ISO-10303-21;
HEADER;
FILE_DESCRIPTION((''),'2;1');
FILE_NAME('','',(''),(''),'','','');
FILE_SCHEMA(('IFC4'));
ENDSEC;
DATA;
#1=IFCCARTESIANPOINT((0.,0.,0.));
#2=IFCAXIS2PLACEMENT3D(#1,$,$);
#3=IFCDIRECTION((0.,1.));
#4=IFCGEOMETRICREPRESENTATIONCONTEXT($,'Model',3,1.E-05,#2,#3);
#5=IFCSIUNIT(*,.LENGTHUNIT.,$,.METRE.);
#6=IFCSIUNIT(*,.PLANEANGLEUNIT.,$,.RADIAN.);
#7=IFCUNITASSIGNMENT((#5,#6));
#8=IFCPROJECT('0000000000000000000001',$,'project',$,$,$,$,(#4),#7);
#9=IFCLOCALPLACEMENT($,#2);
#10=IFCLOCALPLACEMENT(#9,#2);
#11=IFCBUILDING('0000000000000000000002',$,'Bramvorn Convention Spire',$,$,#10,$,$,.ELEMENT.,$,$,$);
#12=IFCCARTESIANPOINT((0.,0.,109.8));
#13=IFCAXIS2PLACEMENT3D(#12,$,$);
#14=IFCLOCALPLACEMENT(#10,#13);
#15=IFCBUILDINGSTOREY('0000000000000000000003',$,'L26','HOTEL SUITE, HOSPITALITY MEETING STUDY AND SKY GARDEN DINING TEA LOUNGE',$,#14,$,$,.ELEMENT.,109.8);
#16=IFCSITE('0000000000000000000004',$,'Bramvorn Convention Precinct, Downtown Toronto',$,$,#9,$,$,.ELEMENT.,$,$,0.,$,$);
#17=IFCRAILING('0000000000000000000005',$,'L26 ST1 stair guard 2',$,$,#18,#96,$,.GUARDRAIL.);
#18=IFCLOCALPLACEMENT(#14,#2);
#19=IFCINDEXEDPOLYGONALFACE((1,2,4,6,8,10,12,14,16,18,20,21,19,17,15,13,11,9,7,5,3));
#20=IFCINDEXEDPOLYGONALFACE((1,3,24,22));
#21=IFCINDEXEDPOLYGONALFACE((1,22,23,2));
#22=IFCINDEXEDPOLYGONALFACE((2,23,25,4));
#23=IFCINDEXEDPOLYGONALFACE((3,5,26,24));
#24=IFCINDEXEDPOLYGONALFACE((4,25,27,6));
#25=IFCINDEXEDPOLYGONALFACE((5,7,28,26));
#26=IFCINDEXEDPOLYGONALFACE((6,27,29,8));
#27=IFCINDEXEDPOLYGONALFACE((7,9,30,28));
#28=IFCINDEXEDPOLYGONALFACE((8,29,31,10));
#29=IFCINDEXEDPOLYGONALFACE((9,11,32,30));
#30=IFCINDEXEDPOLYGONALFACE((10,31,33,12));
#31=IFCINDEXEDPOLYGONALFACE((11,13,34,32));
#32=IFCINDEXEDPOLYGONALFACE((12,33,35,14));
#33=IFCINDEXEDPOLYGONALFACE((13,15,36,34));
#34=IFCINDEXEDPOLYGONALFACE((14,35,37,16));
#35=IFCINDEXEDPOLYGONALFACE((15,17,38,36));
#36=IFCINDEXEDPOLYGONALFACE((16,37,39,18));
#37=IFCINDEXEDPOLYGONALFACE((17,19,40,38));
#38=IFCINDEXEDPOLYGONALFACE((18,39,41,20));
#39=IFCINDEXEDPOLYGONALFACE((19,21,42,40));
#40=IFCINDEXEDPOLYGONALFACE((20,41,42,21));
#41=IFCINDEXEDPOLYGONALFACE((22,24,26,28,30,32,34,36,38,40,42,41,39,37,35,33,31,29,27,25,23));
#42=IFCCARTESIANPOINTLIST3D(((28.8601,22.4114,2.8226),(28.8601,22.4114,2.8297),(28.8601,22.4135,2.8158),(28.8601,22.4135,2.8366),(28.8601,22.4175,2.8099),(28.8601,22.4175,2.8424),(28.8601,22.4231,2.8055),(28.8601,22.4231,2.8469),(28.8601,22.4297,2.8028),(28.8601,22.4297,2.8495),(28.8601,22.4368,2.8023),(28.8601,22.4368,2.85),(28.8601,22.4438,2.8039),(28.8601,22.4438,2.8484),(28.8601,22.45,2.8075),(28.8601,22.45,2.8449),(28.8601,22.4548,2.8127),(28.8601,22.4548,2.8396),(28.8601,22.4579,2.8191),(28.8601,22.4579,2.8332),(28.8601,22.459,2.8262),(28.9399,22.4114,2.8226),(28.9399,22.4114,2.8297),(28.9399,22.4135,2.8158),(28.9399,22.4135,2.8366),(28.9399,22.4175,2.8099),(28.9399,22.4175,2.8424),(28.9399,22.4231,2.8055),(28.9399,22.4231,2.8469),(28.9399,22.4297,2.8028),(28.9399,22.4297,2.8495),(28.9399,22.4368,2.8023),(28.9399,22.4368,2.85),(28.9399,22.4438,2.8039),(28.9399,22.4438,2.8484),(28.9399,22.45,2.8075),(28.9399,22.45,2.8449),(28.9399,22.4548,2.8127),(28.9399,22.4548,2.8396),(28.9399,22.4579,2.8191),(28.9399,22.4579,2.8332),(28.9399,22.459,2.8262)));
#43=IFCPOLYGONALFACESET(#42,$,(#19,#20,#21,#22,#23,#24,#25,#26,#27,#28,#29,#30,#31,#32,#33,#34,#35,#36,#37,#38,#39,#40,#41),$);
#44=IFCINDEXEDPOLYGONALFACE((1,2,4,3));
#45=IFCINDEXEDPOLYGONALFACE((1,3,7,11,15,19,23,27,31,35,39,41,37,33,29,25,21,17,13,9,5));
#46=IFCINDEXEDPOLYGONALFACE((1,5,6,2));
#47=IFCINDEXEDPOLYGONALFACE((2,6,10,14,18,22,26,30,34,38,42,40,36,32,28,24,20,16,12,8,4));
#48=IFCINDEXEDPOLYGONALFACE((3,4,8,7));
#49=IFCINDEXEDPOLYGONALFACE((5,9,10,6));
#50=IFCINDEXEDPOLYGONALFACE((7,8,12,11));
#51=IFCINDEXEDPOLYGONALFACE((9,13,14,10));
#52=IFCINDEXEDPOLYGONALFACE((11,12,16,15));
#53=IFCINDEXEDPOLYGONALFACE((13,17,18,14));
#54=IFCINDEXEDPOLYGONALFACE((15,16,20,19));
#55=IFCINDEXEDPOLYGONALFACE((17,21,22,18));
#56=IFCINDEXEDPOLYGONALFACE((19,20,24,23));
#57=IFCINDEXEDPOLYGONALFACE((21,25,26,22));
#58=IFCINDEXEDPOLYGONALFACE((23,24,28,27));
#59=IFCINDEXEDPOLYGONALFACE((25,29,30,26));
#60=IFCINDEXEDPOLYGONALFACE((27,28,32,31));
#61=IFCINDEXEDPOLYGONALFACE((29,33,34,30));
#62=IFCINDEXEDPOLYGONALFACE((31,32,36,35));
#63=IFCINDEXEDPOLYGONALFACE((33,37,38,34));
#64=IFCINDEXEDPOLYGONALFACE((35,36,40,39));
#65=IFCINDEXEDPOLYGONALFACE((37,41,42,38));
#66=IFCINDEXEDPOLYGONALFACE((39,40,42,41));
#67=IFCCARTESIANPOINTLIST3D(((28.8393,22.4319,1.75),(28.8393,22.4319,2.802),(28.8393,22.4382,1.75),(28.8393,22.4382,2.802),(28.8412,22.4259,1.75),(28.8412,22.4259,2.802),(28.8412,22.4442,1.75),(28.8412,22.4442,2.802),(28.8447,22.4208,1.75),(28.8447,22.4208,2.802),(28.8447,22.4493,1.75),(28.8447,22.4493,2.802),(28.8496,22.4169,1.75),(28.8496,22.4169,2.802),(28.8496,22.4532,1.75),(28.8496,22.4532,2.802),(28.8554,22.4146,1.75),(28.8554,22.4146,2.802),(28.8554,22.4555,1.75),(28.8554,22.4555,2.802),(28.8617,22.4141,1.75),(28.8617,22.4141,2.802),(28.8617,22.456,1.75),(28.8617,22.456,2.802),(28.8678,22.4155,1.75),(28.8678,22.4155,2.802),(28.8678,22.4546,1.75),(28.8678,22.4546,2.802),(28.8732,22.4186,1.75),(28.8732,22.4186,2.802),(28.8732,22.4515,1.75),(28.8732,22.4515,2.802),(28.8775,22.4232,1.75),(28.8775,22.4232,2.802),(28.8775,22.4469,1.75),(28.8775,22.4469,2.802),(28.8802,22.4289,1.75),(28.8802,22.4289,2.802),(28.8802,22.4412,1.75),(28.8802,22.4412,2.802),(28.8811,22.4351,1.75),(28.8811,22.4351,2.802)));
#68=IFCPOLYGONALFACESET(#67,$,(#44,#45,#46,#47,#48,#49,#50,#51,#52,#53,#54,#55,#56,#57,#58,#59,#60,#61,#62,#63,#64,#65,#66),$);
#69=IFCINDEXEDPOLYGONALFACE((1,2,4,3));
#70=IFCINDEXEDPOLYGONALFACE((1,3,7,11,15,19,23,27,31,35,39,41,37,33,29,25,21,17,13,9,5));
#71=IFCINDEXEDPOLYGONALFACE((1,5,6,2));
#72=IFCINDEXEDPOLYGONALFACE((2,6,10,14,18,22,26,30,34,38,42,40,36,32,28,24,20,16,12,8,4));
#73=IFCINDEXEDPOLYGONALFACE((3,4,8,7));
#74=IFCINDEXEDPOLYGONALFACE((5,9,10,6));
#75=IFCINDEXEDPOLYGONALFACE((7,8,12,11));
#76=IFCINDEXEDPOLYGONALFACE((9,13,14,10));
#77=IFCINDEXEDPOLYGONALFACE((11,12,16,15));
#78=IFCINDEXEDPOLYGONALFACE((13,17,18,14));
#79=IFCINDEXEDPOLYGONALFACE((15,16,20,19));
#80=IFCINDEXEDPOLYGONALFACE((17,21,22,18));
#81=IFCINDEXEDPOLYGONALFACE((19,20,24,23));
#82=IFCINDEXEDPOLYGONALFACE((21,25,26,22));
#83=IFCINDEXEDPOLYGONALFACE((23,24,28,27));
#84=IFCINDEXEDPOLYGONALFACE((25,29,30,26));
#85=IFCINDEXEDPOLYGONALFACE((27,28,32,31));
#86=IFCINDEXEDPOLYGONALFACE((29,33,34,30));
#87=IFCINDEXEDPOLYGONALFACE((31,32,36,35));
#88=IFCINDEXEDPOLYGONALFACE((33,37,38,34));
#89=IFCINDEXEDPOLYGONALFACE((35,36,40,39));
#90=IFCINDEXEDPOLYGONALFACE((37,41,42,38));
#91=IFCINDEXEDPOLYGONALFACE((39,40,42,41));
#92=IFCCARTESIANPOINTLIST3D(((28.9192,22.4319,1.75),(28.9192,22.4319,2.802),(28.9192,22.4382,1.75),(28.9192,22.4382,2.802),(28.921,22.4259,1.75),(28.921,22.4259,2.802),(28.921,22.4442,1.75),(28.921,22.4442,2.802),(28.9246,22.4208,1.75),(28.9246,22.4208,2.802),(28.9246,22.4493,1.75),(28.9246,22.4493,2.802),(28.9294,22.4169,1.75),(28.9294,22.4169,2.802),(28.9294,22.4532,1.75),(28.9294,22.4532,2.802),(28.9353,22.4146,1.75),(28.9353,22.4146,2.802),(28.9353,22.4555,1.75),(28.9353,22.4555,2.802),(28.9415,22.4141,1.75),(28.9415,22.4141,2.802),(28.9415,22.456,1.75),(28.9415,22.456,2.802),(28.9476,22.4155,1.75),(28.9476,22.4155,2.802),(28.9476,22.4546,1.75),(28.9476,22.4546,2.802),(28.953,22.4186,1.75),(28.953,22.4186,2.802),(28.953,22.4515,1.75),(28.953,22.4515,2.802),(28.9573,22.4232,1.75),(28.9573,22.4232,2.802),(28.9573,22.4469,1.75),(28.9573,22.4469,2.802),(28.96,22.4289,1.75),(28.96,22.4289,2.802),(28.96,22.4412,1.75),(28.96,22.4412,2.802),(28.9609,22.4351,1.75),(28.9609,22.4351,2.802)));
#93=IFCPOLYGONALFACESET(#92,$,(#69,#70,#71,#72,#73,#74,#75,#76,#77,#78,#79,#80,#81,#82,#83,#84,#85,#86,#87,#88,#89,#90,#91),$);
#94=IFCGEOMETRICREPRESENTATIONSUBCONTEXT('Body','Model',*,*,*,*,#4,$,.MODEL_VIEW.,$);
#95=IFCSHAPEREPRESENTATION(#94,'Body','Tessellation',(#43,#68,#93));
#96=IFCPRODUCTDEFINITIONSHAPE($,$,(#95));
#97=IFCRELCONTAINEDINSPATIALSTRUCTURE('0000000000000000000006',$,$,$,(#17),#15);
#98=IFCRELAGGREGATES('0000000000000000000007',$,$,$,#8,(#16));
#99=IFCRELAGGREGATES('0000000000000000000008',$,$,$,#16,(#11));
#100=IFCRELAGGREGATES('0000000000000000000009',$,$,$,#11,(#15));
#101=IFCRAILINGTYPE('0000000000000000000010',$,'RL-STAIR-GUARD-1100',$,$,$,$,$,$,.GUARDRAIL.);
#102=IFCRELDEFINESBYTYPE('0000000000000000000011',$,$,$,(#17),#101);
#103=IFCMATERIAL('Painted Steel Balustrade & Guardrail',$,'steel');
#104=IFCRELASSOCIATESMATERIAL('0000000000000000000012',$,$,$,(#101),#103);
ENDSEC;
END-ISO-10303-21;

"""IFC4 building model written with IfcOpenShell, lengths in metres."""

from ifc_helpers import new_model, si_unit, direction, frame, origin, origin_2d, place, context, subcontext, project, spatial, circle, extrude, material, type_object, element, save


model = new_model("IFC4")

# Units and contexts
model_context = context("Model", 3, precision=1e-05, world=origin(), true_north=direction((0.0, 1.0)))
body_context = subcontext(model_context, "Body", "Model", "MODEL_VIEW")
ifc_project = project(units=[si_unit("LENGTHUNIT", "METRE"), si_unit("PLANEANGLEUNIT", "RADIAN")], contexts=[model_context])

# Site, building, storey
site_placement = place(None, origin())
site = spatial("IfcSite", under=ifc_project, at=site_placement, Name="Bramvorn Convention Precinct, Downtown Toronto", CompositionType="ELEMENT", RefElevation=0.0)
building_placement = place(site_placement, origin())
building = spatial("IfcBuilding", under=site, at=building_placement, Name="Bramvorn Convention Spire", CompositionType="ELEMENT")
storey_placement = place(building_placement, frame((0.0, 0.0, 109.8)))
storey = spatial("IfcBuildingStorey", under=building, at=storey_placement, Name="L26", Description="HOTEL SUITE, HOSPITALITY MEETING STUDY AND SKY GARDEN DINING TEA LOUNGE", CompositionType="ELEMENT", Elevation=109.8)

# Railing
ifc_material_1 = material(Name="Painted Steel Balustrade & Guardrail", Category="steel")
railing_type_1 = type_object("IfcRailingType", Name="RL-STAIR-GUARD-1100", PredefinedType="GUARDRAIL", material=ifc_material_1)
railing_1_placement = place(storey_placement, frame((28.8601, 22.4351, 1.75)))
element("IfcRailing", 1, at=railing_1_placement, inside=storey, type_object=railing_type_1, Name="L26 ST1 stair guard 2", PredefinedType="GUARDRAIL", context=body_context, shape_type="SweptSolid", body=[
    extrude(circle(Radius=0.0239, at=origin_2d()), frame((0.0, 0.0, 1.0762), z_axis=(1.0, 0.0, 0.0), x_axis=(0.0, 1.0, 0.0)), (0.0, 0.0, 1.0), 0.0798),
    extrude(circle(Radius=0.021, at=origin_2d()), origin(), (0.0, 0.0, 1.0), 1.052),
    extrude(circle(Radius=0.021, at=origin_2d()), frame((0.0798, 0.0, 0.0)), (0.0, 0.0, 1.0), 1.052),
])

save(model, "model.ifc")
